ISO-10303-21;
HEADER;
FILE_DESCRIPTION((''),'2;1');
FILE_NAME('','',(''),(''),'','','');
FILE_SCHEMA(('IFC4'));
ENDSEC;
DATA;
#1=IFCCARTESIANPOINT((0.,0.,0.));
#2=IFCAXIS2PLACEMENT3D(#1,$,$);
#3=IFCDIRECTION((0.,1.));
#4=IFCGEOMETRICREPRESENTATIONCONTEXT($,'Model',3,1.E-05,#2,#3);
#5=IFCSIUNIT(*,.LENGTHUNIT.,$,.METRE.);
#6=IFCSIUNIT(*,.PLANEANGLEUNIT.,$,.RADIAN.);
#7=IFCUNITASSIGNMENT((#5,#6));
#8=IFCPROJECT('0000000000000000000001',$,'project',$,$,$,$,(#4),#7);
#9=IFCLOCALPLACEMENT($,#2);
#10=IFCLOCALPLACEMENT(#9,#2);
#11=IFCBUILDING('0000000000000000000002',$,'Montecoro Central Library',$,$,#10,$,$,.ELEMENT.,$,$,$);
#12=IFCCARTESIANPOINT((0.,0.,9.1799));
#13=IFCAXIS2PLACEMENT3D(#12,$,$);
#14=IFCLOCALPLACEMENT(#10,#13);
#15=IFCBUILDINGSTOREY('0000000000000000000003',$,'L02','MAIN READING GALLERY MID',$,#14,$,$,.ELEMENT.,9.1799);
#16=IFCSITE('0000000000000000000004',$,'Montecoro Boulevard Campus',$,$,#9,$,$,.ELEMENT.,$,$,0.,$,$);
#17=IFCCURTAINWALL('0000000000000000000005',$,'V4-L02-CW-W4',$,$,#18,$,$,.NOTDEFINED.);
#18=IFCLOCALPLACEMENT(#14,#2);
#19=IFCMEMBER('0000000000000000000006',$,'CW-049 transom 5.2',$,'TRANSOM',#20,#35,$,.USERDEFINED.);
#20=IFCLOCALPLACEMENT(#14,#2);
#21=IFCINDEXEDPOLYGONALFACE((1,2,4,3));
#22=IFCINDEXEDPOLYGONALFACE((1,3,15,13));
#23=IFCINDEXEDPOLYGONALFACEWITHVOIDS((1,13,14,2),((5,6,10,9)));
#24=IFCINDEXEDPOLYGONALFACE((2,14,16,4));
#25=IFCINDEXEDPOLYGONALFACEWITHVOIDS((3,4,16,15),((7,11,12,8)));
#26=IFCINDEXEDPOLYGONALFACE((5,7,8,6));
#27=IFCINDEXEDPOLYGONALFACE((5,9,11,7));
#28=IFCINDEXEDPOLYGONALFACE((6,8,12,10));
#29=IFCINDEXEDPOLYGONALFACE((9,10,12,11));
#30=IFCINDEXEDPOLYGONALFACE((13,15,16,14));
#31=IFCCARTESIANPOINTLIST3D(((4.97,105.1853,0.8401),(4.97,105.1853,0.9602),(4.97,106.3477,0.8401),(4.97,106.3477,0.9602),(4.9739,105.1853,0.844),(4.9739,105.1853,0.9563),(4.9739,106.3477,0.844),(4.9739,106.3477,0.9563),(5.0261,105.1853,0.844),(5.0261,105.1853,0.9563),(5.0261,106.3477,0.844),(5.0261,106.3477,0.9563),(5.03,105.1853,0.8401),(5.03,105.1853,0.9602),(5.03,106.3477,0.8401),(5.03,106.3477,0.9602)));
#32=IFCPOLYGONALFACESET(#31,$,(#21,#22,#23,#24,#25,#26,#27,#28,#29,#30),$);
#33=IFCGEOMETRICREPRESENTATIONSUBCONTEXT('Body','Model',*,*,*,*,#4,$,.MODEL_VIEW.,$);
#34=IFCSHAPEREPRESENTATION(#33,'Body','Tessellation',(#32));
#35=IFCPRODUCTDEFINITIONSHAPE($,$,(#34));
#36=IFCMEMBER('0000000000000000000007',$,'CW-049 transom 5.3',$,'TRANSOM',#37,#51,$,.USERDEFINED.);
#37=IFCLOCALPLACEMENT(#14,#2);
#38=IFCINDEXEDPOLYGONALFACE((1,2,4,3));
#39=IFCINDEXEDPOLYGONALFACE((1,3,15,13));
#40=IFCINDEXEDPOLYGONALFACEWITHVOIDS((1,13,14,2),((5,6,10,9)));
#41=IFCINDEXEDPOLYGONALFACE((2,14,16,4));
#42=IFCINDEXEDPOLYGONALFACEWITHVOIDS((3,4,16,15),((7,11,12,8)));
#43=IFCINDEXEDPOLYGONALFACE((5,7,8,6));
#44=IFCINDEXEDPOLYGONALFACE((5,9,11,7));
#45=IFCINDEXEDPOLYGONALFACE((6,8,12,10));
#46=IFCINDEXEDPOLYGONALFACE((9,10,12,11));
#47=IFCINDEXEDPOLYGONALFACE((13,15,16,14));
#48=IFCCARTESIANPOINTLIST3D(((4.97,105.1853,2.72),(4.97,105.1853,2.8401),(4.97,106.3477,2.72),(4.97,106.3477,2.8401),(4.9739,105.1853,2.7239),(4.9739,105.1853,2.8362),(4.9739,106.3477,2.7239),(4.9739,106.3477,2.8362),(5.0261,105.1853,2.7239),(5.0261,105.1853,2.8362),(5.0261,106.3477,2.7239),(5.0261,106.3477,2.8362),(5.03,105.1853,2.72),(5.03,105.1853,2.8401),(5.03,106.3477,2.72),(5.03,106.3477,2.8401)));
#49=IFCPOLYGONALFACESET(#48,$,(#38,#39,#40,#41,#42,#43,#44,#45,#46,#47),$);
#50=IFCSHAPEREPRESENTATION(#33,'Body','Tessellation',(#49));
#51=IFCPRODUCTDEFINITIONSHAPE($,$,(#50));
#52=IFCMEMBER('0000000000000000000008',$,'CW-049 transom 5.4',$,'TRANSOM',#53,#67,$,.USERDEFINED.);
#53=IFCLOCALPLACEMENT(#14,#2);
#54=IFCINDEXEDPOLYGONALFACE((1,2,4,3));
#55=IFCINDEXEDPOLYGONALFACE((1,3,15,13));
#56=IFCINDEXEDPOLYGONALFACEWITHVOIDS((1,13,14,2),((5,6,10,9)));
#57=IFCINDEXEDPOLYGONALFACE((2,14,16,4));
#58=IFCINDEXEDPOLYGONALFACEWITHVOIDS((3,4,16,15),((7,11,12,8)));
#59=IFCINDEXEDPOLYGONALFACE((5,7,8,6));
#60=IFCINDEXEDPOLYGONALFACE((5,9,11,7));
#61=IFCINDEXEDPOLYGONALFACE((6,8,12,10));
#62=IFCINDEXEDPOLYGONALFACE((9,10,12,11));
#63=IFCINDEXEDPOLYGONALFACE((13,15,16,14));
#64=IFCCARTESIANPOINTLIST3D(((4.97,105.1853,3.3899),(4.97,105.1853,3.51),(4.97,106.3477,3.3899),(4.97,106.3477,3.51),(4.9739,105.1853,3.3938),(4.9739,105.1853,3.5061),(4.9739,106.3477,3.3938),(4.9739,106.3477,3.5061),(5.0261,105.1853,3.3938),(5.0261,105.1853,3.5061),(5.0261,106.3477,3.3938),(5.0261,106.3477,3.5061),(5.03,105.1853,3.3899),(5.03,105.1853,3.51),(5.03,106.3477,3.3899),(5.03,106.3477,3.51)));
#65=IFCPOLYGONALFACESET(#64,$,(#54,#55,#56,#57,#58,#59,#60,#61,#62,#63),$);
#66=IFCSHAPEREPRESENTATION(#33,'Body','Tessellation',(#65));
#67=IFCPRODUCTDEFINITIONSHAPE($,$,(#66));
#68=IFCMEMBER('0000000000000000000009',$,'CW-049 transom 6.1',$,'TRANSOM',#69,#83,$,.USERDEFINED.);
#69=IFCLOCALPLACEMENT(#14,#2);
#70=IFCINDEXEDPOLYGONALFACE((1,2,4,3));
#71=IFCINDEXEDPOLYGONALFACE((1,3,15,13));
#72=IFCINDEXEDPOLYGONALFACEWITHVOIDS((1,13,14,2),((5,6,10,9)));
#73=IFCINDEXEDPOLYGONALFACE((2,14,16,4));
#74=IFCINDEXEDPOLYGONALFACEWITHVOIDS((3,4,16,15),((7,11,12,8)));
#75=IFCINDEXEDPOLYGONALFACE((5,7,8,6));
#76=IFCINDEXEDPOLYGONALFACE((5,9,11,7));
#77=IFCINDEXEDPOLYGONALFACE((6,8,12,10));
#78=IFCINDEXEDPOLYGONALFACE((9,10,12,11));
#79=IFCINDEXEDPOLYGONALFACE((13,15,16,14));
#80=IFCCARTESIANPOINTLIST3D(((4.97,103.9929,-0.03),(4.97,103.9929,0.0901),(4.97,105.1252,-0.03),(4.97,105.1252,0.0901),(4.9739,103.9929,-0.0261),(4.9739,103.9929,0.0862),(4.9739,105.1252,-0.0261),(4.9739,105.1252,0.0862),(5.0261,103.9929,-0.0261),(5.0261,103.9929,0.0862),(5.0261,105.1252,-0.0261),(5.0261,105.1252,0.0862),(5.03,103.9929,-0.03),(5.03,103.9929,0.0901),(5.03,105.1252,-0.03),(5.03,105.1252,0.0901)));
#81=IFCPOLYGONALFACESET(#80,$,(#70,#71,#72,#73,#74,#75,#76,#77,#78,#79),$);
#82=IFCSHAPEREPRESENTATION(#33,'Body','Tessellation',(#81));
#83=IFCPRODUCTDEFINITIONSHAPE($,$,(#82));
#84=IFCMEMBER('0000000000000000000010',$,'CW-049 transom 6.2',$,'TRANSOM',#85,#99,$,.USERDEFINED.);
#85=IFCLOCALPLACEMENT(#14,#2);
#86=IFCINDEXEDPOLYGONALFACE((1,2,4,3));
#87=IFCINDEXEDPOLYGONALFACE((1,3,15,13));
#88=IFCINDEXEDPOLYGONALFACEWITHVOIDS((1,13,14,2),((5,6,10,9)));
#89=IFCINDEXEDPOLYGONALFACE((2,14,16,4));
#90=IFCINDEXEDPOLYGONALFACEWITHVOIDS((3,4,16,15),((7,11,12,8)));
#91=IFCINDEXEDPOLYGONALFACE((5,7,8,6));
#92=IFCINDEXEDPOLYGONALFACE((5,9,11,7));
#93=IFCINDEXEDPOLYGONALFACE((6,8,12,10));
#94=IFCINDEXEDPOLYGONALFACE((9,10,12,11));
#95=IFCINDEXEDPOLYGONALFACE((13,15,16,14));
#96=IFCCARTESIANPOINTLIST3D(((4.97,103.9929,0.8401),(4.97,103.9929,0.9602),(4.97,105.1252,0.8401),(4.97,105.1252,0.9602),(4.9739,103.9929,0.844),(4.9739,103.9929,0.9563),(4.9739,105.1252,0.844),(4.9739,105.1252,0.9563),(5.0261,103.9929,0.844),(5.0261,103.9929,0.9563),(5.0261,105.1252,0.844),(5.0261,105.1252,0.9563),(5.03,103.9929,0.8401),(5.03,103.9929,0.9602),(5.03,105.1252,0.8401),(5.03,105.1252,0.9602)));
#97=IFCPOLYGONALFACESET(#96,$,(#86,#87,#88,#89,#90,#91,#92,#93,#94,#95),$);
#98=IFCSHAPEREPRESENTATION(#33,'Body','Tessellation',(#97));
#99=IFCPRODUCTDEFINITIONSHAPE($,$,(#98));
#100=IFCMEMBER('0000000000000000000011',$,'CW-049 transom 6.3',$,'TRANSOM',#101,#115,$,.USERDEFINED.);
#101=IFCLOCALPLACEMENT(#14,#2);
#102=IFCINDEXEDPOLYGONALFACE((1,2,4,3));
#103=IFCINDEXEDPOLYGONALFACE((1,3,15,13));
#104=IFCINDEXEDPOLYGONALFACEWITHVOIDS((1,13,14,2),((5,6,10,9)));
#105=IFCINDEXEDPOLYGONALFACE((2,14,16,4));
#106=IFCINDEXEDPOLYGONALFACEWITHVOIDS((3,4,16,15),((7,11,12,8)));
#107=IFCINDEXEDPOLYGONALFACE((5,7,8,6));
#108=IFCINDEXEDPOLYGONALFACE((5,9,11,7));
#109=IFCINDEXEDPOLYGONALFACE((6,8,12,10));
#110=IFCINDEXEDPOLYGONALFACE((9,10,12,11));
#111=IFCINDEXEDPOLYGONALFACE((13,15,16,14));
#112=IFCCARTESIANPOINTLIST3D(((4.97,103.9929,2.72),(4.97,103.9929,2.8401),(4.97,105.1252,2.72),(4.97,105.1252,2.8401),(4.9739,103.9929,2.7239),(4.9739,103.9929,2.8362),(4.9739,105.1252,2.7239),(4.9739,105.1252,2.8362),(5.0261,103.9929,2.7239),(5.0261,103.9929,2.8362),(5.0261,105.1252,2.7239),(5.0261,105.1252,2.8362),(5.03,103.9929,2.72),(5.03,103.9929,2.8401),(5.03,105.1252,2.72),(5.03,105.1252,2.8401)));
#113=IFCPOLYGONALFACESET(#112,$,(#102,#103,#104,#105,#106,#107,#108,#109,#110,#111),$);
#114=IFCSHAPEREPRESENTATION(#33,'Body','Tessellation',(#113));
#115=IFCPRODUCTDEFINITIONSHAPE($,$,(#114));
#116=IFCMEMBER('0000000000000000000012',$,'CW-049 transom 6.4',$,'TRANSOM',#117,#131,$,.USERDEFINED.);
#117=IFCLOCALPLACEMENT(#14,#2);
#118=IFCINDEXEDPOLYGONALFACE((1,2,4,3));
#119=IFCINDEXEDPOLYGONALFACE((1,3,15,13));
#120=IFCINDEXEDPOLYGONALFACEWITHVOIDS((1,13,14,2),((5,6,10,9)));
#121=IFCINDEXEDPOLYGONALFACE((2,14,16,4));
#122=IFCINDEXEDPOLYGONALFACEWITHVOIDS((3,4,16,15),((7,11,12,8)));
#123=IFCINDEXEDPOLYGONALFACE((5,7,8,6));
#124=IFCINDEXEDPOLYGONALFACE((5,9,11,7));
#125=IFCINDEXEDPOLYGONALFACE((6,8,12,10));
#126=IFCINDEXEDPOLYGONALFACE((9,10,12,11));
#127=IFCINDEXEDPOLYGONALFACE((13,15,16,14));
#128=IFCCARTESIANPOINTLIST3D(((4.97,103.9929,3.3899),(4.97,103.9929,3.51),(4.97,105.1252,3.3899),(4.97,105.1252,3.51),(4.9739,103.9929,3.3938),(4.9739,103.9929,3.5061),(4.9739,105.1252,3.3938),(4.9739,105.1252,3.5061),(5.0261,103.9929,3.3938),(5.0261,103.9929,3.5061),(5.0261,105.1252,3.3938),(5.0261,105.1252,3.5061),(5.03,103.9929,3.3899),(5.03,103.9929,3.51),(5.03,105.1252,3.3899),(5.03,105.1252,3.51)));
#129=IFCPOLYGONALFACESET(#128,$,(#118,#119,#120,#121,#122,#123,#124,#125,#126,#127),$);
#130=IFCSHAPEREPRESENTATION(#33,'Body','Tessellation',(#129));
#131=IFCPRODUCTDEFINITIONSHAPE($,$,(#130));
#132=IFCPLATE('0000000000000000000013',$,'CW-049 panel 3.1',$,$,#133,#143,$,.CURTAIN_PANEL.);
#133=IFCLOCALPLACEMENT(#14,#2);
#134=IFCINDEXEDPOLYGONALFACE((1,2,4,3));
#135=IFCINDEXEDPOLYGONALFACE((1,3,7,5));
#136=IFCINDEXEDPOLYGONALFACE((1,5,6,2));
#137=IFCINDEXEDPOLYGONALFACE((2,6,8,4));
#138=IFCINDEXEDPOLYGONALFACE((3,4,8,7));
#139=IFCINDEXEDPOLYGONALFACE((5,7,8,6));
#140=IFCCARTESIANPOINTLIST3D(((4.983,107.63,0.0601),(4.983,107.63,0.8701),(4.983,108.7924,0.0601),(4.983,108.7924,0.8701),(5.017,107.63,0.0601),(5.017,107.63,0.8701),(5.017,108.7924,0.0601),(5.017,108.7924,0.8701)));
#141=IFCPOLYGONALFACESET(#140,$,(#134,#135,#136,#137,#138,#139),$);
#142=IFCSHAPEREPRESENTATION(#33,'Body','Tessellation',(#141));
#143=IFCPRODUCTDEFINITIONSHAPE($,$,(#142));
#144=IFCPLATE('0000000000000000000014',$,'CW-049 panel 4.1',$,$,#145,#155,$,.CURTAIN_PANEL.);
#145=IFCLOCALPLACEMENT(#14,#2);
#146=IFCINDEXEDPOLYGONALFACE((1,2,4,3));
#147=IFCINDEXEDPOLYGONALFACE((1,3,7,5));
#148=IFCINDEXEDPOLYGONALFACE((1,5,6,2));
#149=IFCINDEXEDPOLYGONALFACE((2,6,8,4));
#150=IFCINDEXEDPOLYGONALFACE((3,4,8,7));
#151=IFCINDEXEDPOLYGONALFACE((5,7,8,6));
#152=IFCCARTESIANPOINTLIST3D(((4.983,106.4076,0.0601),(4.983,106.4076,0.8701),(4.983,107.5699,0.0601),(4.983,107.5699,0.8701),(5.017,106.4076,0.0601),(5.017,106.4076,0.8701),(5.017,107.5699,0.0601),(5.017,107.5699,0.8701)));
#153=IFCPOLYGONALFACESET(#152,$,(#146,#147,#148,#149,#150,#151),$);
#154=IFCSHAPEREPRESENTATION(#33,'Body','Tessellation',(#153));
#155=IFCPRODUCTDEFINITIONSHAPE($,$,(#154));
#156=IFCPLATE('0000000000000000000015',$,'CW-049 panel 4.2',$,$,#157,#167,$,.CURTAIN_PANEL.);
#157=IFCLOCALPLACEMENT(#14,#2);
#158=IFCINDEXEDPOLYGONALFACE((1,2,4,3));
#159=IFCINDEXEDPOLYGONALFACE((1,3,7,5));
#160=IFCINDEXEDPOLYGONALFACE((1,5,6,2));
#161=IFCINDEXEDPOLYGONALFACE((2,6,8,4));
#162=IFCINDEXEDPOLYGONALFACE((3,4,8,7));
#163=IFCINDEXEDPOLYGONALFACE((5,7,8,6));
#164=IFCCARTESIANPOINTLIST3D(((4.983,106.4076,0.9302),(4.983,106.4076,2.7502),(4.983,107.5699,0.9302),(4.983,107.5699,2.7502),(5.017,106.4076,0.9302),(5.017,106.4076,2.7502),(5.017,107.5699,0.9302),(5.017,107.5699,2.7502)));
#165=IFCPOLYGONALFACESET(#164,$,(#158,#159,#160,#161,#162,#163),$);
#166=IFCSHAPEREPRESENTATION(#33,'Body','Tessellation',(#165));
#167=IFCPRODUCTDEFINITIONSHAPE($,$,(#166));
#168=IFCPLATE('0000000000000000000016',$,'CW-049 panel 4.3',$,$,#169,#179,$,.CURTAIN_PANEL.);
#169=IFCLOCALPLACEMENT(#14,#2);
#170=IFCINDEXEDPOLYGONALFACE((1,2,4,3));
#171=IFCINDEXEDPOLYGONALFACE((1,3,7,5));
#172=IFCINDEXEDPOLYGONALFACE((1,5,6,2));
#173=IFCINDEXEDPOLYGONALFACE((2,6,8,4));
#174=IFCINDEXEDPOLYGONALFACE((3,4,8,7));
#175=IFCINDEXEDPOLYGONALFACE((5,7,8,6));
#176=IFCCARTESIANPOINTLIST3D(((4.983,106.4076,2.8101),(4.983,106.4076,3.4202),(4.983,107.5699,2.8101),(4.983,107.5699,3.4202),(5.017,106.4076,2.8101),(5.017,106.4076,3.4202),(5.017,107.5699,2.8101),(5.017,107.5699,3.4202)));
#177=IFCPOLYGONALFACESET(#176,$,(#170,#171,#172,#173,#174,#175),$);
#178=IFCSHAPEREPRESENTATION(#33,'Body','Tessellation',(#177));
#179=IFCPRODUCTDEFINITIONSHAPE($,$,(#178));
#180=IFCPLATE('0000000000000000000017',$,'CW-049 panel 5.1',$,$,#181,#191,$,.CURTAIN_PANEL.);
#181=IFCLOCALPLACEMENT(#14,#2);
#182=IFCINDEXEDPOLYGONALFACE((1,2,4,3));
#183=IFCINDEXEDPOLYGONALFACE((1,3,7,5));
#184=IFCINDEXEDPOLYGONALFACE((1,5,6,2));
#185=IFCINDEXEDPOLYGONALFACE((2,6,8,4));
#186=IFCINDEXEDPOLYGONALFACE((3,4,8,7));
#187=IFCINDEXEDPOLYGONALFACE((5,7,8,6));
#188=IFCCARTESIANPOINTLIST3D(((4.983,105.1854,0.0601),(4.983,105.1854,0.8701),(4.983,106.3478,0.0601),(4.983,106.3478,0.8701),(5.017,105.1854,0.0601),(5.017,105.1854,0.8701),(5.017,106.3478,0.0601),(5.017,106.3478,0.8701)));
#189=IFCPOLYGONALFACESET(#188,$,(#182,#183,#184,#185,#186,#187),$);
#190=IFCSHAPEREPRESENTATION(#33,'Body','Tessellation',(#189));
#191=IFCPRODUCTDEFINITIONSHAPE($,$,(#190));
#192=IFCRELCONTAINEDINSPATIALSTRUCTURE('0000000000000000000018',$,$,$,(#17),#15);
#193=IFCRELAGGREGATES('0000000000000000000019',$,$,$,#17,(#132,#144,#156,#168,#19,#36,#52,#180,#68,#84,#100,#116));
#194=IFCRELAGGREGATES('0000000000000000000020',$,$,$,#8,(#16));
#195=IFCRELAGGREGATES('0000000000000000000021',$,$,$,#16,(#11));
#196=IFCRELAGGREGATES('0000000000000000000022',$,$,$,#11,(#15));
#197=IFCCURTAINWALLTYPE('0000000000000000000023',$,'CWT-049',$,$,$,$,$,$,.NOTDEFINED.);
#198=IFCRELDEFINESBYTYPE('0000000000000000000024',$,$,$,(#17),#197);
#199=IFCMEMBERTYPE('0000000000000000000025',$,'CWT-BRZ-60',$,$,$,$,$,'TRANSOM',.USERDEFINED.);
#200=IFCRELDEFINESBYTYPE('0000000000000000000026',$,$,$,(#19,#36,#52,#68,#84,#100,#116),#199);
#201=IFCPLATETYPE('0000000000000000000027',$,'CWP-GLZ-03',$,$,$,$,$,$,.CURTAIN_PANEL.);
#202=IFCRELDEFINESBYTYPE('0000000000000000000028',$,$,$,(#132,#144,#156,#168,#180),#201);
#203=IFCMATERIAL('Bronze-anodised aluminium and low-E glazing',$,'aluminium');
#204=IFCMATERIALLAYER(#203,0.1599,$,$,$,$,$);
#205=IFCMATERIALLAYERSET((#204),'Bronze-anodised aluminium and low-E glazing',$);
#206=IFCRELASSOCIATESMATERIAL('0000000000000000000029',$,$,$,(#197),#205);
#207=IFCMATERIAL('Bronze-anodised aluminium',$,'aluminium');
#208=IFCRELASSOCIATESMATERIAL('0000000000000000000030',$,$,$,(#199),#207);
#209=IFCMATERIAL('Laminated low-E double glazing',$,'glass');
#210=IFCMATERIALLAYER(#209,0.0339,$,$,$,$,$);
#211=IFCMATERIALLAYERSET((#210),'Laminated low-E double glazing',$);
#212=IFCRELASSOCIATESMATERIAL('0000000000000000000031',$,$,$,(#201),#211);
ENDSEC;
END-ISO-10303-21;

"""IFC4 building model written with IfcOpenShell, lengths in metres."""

from ifc_helpers import new_model, si_unit, direction, frame, origin, origin_2d, place, context, subcontext, project, spatial, rectangle, hollow_rectangle, extrude, material, layer, layer_set, material_profile, profile_set, type_object, element, aggregate, save


model = new_model("IFC4")

# Units and contexts
model_context = context("Model", 3, precision=1e-05, world=origin(), true_north=direction((0.0, 1.0)))
body_context = subcontext(model_context, "Body", "Model", "MODEL_VIEW")
ifc_project = project(units=[si_unit("LENGTHUNIT", "METRE"), si_unit("PLANEANGLEUNIT", "RADIAN")], contexts=[model_context])

# Site, building, storey
site_placement = place(None, origin())
site = spatial("IfcSite", under=ifc_project, at=site_placement, Name="Montecoro Boulevard Campus", CompositionType="ELEMENT", RefElevation=0.0)
building_placement = place(site_placement, origin())
building = spatial("IfcBuilding", under=site, at=building_placement, Name="Montecoro Central Library", CompositionType="ELEMENT")
storey_placement = place(building_placement, frame((0.0, 0.0, 9.1799)))
storey = spatial("IfcBuildingStorey", under=building, at=storey_placement, Name="L02", Description="MAIN READING GALLERY MID", CompositionType="ELEMENT", Elevation=9.1799)

# Curtain wall, members, plates
ifc_material_1 = material(Name="Bronze-anodised aluminium and low-E glazing", Category="aluminium")
ifc_layer_1 = layer(ifc_material_1, 0.1599)
ifc_layer_set_1 = layer_set([ifc_layer_1], Name="Bronze-anodised aluminium and low-E glazing")
curtain_wall_type = type_object("IfcCurtainWallType", Name="CWT-049", PredefinedType="NOTDEFINED", material=ifc_layer_set_1)
curtain_wall_placement = place(storey_placement, origin())
curtain_wall = element("IfcCurtainWall", 1, at=curtain_wall_placement, inside=storey, type_object=curtain_wall_type, Name="V4-L02-CW-W4", PredefinedType="NOTDEFINED")
ifc_material_2 = material(Name="Bronze-anodised aluminium", Category="aluminium")
ifc_material_profile_1 = material_profile(ifc_material_2, hollow_rectangle(XDim=0.0601, YDim=0.1201, WallThickness=0.0039, at=origin_2d()), Name="CWT 120x60x4.0")
ifc_profile_set_1 = profile_set([ifc_material_profile_1], Name="Bronze-anodised aluminium")
member_type_1 = type_object("IfcMemberType", Name="CWT-BRZ-60", ElementType="TRANSOM", PredefinedType="USERDEFINED", material=ifc_profile_set_1)
member_1_placement = place(storey_placement, frame((5.0, 106.3477, 0.9001), z_axis=(0.0, -1.0, 0.0), x_axis=(1.0, 0.0, 0.0)))
member_1 = element("IfcMember", 2, at=member_1_placement, type_object=member_type_1, Name="CW-049 transom 5.2", ObjectType="TRANSOM", PredefinedType="USERDEFINED", context=body_context, shape_type="SweptSolid", body=[
    extrude(hollow_rectangle(XDim=0.0601, YDim=0.1201, WallThickness=0.0039, at=origin_2d()), origin(), (0.0, 0.0, 1.0), 1.1624),
])
member_2_placement = place(storey_placement, frame((5.0, 106.3477, 2.78), z_axis=(0.0, -1.0, 0.0), x_axis=(1.0, 0.0, 0.0)))
member_2 = element("IfcMember", 3, at=member_2_placement, type_object=member_type_1, Name="CW-049 transom 5.3", ObjectType="TRANSOM", PredefinedType="USERDEFINED", context=body_context, shape_type="SweptSolid", body=[
    extrude(hollow_rectangle(XDim=0.0601, YDim=0.1201, WallThickness=0.0039, at=origin_2d()), origin(), (0.0, 0.0, 1.0), 1.1624),
])
member_3_placement = place(storey_placement, frame((5.0, 106.3477, 3.45), z_axis=(0.0, -1.0, 0.0), x_axis=(1.0, 0.0, 0.0)))
member_3 = element("IfcMember", 4, at=member_3_placement, type_object=member_type_1, Name="CW-049 transom 5.4", ObjectType="TRANSOM", PredefinedType="USERDEFINED", context=body_context, shape_type="SweptSolid", body=[
    extrude(hollow_rectangle(XDim=0.0601, YDim=0.1201, WallThickness=0.0039, at=origin_2d()), origin(), (0.0, 0.0, 1.0), 1.1624),
])
member_4_placement = place(storey_placement, frame((5.0, 105.1252, 0.03), z_axis=(0.0, -1.0, 0.0), x_axis=(1.0, 0.0, 0.0)))
member_4 = element("IfcMember", 5, at=member_4_placement, type_object=member_type_1, Name="CW-049 transom 6.1", ObjectType="TRANSOM", PredefinedType="USERDEFINED", context=body_context, shape_type="SweptSolid", body=[
    extrude(hollow_rectangle(XDim=0.0601, YDim=0.1201, WallThickness=0.0039, at=origin_2d()), origin(), (0.0, 0.0, 1.0), 1.1323),
])
member_5_placement = place(storey_placement, frame((5.0, 105.1252, 0.9001), z_axis=(0.0, -1.0, 0.0), x_axis=(1.0, 0.0, 0.0)))
member_5 = element("IfcMember", 6, at=member_5_placement, type_object=member_type_1, Name="CW-049 transom 6.2", ObjectType="TRANSOM", PredefinedType="USERDEFINED", context=body_context, shape_type="SweptSolid", body=[
    extrude(hollow_rectangle(XDim=0.0601, YDim=0.1201, WallThickness=0.0039, at=origin_2d()), origin(), (0.0, 0.0, 1.0), 1.1323),
])
member_6_placement = place(storey_placement, frame((5.0, 105.1252, 2.78), z_axis=(0.0, -1.0, 0.0), x_axis=(1.0, 0.0, 0.0)))
member_6 = element("IfcMember", 7, at=member_6_placement, type_object=member_type_1, Name="CW-049 transom 6.3", ObjectType="TRANSOM", PredefinedType="USERDEFINED", context=body_context, shape_type="SweptSolid", body=[
    extrude(hollow_rectangle(XDim=0.0601, YDim=0.1201, WallThickness=0.0039, at=origin_2d()), origin(), (0.0, 0.0, 1.0), 1.1323),
])
member_7_placement = place(storey_placement, frame((5.0, 105.1252, 3.45), z_axis=(0.0, -1.0, 0.0), x_axis=(1.0, 0.0, 0.0)))
member_7 = element("IfcMember", 8, at=member_7_placement, type_object=member_type_1, Name="CW-049 transom 6.4", ObjectType="TRANSOM", PredefinedType="USERDEFINED", context=body_context, shape_type="SweptSolid", body=[
    extrude(hollow_rectangle(XDim=0.0601, YDim=0.1201, WallThickness=0.0039, at=origin_2d()), origin(), (0.0, 0.0, 1.0), 1.1323),
])
ifc_material_3 = material(Name="Laminated low-E double glazing", Category="glass")
ifc_layer_2 = layer(ifc_material_3, 0.0339)
ifc_layer_set_2 = layer_set([ifc_layer_2], Name="Laminated low-E double glazing")
plate_type = type_object("IfcPlateType", Name="CWP-GLZ-03", PredefinedType="CURTAIN_PANEL", material=ifc_layer_set_2)
plate_1_placement = place(storey_placement, frame((5.0, 108.2112, 0.0601), z_axis=(0.0, 0.0, 1.0), x_axis=(0.0, -1.0, 0.0)))
plate_1 = element("IfcPlate", 9, at=plate_1_placement, type_object=plate_type, Name="CW-049 panel 3.1", PredefinedType="CURTAIN_PANEL", context=body_context, shape_type="SweptSolid", body=[
    extrude(rectangle(XDim=1.1624, YDim=0.0339, at=origin_2d()), origin(), (0.0, 0.0, 1.0), 0.8101),
])
plate_2_placement = place(storey_placement, frame((5.0, 106.9888, 0.0601), z_axis=(0.0, 0.0, 1.0), x_axis=(0.0, -1.0, 0.0)))
plate_2 = element("IfcPlate", 10, at=plate_2_placement, type_object=plate_type, Name="CW-049 panel 4.1", PredefinedType="CURTAIN_PANEL", context=body_context, shape_type="SweptSolid", body=[
    extrude(rectangle(XDim=1.1624, YDim=0.0339, at=origin_2d()), origin(), (0.0, 0.0, 1.0), 0.8101),
])
plate_3_placement = place(storey_placement, frame((5.0, 106.9888, 0.9302), z_axis=(0.0, 0.0, 1.0), x_axis=(0.0, -1.0, 0.0)))
plate_3 = element("IfcPlate", 11, at=plate_3_placement, type_object=plate_type, Name="CW-049 panel 4.2", PredefinedType="CURTAIN_PANEL", context=body_context, shape_type="SweptSolid", body=[
    extrude(rectangle(XDim=1.1624, YDim=0.0339, at=origin_2d()), origin(), (0.0, 0.0, 1.0), 1.8201),
])
plate_4_placement = place(storey_placement, frame((5.0, 106.9888, 2.8101), z_axis=(0.0, 0.0, 1.0), x_axis=(0.0, -1.0, 0.0)))
plate_4 = element("IfcPlate", 12, at=plate_4_placement, type_object=plate_type, Name="CW-049 panel 4.3", PredefinedType="CURTAIN_PANEL", context=body_context, shape_type="SweptSolid", body=[
    extrude(rectangle(XDim=1.1624, YDim=0.0339, at=origin_2d()), origin(), (0.0, 0.0, 1.0), 0.6101),
])
plate_5_placement = place(storey_placement, frame((5.0, 105.7666, 0.0601), z_axis=(0.0, 0.0, 1.0), x_axis=(0.0, -1.0, 0.0)))
plate_5 = element("IfcPlate", 13, at=plate_5_placement, type_object=plate_type, Name="CW-049 panel 5.1", PredefinedType="CURTAIN_PANEL", context=body_context, shape_type="SweptSolid", body=[
    extrude(rectangle(XDim=1.1624, YDim=0.0339, at=origin_2d()), origin(), (0.0, 0.0, 1.0), 0.8101),
])
aggregate(curtain_wall, [plate_1, plate_2, plate_3, plate_4, member_1, member_2, member_3, plate_5, member_4, member_5, member_6, member_7])

save(model, "model.ifc")
